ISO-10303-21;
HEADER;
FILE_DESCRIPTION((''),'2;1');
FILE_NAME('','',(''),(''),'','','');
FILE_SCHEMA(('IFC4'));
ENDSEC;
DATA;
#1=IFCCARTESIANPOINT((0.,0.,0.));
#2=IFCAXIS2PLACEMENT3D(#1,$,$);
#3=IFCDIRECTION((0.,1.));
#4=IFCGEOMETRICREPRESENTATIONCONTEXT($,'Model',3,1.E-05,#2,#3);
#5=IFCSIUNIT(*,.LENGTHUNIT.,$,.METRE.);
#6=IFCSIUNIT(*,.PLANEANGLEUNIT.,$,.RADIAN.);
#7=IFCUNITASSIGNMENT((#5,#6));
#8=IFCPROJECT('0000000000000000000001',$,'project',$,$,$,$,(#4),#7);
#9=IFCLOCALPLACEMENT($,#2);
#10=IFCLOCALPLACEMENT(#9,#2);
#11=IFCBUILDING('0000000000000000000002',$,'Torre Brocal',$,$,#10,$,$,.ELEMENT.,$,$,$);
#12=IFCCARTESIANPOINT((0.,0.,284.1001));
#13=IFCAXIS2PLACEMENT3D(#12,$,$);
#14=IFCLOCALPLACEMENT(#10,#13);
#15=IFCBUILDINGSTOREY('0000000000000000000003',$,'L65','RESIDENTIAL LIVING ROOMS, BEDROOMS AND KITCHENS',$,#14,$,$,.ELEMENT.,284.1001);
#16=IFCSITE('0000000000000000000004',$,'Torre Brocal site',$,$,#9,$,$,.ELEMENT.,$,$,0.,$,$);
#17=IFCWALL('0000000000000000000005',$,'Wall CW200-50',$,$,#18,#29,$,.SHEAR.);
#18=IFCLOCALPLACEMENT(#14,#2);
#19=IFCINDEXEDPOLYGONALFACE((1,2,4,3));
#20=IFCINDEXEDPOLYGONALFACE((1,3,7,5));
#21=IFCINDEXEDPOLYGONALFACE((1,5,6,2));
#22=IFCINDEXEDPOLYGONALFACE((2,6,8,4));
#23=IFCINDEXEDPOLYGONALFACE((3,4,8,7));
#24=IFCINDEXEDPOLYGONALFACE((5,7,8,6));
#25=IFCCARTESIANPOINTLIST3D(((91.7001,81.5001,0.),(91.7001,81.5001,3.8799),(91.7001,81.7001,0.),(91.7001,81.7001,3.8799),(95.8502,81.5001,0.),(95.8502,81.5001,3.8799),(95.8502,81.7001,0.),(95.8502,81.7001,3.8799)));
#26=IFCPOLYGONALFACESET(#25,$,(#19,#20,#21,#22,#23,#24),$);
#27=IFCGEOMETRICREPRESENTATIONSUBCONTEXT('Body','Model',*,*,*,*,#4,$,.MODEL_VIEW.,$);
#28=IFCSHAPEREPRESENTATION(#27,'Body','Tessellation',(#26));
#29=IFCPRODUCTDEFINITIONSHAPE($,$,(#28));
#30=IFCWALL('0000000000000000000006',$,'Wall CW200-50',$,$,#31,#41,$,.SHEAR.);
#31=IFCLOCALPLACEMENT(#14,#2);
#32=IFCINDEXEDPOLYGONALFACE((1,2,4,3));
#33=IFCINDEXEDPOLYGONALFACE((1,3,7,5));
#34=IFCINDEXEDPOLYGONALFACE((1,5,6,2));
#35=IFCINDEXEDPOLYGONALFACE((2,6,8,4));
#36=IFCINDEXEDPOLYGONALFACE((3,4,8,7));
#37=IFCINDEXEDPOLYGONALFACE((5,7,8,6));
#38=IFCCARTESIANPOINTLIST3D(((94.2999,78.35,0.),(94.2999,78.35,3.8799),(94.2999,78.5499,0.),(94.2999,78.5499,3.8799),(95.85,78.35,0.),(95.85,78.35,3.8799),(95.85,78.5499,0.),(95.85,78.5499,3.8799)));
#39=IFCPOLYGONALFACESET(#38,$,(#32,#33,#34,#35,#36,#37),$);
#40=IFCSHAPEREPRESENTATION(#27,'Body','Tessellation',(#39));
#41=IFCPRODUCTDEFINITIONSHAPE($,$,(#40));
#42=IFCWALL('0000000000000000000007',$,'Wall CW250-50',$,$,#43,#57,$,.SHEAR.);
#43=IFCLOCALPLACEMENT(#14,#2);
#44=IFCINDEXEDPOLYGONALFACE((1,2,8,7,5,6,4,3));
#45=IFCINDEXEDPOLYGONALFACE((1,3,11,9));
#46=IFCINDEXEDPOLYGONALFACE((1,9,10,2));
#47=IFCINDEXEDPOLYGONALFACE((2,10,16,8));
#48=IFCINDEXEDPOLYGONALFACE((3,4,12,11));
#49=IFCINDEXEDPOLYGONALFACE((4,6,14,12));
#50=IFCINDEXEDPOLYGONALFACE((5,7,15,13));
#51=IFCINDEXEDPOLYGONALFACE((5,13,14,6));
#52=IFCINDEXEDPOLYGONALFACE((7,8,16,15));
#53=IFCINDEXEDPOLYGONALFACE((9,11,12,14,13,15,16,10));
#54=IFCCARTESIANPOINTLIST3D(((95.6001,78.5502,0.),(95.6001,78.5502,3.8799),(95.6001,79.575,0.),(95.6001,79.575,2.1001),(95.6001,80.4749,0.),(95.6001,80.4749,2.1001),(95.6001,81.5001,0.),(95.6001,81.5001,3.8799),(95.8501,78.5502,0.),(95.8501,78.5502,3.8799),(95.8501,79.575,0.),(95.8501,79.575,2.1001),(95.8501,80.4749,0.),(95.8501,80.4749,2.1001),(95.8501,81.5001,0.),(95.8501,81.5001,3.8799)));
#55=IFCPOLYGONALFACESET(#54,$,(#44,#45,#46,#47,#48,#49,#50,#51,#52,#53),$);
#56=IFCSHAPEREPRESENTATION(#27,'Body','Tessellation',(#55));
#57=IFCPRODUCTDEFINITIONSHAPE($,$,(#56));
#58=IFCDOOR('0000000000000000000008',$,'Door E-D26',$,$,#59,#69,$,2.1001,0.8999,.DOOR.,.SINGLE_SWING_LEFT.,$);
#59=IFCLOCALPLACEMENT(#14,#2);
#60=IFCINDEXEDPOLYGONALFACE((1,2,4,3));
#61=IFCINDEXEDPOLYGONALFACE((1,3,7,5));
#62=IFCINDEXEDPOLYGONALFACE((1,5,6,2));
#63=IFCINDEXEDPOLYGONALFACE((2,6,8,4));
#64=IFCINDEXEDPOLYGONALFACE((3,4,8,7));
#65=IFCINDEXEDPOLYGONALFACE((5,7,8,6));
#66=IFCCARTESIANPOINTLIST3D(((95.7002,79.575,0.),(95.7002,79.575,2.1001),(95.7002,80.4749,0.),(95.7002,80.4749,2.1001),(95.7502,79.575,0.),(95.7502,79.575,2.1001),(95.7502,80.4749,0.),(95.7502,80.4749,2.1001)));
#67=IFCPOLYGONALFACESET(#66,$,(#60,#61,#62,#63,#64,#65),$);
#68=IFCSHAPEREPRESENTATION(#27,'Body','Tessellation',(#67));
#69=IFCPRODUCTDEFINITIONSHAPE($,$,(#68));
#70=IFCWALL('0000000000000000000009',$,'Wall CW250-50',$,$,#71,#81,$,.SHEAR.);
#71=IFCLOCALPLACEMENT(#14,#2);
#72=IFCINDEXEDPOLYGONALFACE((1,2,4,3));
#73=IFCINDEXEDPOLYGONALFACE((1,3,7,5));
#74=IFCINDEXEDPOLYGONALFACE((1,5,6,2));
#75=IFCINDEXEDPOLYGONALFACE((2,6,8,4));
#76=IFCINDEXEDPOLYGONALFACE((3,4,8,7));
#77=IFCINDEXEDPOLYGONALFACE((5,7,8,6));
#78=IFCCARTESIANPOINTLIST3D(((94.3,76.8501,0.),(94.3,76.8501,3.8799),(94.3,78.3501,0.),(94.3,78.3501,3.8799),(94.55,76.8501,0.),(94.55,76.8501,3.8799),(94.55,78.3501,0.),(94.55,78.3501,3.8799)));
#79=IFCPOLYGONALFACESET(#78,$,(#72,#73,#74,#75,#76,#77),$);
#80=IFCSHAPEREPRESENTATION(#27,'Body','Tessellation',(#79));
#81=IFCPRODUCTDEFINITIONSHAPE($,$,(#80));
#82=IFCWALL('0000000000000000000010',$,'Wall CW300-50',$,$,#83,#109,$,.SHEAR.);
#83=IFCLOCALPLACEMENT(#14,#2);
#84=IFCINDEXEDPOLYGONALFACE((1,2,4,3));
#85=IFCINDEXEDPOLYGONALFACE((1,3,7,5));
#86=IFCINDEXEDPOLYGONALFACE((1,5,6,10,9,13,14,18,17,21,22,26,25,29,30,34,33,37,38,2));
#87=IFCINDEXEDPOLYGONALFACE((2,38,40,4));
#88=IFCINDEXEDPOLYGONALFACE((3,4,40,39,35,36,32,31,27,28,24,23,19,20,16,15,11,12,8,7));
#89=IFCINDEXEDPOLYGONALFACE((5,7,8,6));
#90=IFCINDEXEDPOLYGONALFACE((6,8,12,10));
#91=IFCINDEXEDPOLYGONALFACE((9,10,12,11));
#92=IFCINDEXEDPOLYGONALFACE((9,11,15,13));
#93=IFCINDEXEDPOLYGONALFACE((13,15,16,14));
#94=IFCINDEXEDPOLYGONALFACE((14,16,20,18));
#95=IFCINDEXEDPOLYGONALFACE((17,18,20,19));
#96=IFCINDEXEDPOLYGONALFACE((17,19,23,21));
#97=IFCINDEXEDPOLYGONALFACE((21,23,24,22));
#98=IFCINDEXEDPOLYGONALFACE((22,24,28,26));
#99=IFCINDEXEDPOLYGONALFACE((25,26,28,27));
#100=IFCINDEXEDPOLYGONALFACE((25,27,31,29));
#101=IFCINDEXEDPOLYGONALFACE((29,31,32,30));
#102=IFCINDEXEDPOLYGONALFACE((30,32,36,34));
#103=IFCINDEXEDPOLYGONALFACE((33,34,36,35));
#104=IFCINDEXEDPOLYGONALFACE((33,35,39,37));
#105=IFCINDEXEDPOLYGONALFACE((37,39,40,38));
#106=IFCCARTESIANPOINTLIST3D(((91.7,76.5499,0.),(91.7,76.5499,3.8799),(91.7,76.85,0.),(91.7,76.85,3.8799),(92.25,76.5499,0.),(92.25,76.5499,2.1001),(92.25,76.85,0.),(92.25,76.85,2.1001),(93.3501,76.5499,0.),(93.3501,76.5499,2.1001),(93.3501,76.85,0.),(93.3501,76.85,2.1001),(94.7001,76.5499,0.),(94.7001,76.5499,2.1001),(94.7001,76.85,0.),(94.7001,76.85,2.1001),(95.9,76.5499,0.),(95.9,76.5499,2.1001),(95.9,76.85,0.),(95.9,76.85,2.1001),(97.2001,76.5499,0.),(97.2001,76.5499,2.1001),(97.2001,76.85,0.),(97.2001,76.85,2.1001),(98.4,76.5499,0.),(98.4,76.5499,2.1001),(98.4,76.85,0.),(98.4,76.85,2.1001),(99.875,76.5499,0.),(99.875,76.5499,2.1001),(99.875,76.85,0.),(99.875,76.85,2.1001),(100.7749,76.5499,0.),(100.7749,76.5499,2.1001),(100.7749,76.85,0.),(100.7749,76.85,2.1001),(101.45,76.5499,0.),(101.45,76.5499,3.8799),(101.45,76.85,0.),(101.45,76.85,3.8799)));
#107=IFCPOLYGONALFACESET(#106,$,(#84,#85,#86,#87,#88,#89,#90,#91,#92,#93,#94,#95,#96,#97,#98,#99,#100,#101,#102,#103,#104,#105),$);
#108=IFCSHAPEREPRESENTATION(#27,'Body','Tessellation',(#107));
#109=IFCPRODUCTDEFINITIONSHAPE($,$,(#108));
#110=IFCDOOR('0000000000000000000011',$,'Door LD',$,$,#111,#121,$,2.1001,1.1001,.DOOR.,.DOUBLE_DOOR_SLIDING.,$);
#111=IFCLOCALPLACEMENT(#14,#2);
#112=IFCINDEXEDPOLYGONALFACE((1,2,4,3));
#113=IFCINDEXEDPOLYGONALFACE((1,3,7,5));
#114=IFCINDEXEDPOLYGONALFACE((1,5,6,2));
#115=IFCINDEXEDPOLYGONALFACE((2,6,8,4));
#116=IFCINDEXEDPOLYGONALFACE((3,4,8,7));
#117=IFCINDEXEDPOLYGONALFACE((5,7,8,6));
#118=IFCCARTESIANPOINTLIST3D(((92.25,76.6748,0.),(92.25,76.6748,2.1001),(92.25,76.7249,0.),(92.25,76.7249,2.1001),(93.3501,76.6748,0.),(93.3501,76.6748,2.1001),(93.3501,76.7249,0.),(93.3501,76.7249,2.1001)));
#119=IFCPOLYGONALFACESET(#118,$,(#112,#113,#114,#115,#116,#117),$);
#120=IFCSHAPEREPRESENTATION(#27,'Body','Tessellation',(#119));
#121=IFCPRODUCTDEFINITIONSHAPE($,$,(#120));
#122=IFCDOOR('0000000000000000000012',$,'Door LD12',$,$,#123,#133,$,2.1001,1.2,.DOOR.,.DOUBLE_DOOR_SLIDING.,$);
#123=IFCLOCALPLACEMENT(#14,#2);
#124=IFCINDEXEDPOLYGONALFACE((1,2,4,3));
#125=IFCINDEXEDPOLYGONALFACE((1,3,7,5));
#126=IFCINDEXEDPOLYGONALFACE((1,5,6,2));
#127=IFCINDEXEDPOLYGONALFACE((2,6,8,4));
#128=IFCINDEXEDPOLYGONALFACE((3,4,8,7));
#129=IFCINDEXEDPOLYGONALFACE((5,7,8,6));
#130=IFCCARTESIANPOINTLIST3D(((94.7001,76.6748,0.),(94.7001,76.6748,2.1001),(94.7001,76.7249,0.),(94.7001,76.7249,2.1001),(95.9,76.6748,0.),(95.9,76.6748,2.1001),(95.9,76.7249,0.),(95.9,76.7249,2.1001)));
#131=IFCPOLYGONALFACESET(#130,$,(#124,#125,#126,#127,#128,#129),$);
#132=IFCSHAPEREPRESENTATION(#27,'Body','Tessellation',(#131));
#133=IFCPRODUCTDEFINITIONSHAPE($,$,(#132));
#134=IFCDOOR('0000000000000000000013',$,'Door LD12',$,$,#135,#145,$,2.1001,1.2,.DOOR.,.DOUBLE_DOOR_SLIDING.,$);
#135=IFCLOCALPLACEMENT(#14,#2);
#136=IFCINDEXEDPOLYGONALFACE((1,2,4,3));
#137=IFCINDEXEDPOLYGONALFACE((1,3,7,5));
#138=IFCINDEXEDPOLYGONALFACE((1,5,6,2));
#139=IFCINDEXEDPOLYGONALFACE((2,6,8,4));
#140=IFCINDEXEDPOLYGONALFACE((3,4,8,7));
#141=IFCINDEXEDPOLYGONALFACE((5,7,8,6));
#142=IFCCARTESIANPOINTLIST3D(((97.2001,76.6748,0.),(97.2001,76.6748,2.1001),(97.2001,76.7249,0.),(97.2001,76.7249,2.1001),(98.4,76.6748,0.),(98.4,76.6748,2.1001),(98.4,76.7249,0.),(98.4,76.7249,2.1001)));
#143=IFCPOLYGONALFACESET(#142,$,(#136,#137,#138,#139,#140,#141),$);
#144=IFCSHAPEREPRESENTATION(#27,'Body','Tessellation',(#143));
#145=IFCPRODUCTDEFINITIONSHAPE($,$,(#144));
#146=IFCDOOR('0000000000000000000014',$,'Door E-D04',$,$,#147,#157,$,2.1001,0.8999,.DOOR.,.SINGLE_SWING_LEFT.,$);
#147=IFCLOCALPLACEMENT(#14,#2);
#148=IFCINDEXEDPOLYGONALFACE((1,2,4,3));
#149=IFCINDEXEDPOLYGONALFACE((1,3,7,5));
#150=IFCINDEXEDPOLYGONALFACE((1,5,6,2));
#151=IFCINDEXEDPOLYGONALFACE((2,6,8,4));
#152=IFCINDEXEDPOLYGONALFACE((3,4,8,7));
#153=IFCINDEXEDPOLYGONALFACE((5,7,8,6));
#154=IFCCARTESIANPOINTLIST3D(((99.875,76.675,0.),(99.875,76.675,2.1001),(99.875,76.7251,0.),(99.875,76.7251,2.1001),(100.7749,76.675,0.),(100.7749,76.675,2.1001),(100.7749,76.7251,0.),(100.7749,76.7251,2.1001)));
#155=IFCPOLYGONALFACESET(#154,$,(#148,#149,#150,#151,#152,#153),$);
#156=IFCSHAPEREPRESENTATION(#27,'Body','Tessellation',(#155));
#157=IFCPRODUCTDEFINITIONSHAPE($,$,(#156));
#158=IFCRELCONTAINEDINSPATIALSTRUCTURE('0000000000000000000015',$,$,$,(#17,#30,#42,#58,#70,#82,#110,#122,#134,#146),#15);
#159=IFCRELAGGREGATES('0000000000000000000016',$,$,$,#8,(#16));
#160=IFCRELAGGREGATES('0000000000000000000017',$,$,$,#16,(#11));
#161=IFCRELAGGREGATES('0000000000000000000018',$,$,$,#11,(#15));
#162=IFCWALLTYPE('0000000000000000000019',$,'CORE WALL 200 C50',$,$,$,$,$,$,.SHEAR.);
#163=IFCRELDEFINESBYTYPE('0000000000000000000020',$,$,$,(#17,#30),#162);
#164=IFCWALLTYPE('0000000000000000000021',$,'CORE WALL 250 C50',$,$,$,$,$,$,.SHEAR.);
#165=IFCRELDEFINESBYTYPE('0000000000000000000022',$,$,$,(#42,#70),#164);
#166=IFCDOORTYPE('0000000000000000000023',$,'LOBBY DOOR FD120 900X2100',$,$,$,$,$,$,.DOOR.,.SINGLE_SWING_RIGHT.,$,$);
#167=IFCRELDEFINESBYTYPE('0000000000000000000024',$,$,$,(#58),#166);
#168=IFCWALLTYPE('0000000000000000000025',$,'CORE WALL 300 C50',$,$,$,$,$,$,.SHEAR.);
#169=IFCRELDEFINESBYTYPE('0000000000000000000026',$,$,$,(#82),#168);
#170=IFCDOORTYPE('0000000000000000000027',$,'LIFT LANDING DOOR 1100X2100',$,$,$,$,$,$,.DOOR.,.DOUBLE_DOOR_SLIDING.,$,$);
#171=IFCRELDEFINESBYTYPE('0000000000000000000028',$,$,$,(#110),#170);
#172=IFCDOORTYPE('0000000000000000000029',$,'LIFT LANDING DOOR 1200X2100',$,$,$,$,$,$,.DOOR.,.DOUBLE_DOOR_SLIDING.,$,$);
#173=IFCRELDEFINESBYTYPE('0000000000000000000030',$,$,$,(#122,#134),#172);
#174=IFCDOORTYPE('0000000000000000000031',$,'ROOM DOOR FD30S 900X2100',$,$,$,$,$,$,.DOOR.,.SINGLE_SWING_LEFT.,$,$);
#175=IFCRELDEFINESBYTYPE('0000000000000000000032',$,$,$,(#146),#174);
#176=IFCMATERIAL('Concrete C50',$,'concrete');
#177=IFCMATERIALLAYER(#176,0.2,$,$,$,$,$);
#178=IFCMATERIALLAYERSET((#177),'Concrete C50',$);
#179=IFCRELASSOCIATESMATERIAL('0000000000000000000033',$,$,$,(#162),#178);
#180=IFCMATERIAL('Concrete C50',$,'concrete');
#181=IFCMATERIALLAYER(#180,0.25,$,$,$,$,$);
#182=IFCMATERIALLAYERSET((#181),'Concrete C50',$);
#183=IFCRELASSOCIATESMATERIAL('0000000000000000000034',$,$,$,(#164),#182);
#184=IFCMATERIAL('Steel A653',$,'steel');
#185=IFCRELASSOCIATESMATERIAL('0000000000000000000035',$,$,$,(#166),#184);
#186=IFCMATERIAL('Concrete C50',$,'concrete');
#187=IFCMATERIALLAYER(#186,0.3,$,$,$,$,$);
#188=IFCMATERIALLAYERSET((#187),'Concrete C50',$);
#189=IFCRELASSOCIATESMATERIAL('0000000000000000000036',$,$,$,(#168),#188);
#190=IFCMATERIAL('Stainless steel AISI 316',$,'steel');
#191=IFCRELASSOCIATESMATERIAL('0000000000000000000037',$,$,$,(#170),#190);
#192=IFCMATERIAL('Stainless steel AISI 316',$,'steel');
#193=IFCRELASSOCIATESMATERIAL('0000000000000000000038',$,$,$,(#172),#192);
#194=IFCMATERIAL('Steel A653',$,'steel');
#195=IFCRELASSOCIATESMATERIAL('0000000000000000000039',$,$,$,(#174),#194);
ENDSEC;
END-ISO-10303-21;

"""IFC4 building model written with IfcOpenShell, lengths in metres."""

from ifc_helpers import new_model, si_unit, direction, frame, frame_2d, origin, place, context, subcontext, project, spatial, rectangle, extrude, material, layer, layer_set, type_object, element, fill, save


model = new_model("IFC4")

# Units and contexts
model_context = context("Model", 3, precision=1e-05, world=origin(), true_north=direction((0.0, 1.0)))
body_context = subcontext(model_context, "Body", "Model", "MODEL_VIEW")
ifc_project = project(units=[si_unit("LENGTHUNIT", "METRE"), si_unit("PLANEANGLEUNIT", "RADIAN")], contexts=[model_context])

# Site, building, storey
site_placement = place(None, origin())
site = spatial("IfcSite", under=ifc_project, at=site_placement, Name="Torre Brocal site", CompositionType="ELEMENT", RefElevation=0.0)
building_placement = place(site_placement, origin())
building = spatial("IfcBuilding", under=site, at=building_placement, Name="Torre Brocal", CompositionType="ELEMENT")
storey_placement = place(building_placement, frame((0.0, 0.0, 284.1001)))
storey = spatial("IfcBuildingStorey", under=building, at=storey_placement, Name="L65", Description="RESIDENTIAL LIVING ROOMS, BEDROOMS AND KITCHENS", CompositionType="ELEMENT", Elevation=284.1001)

# Walls
ifc_material_1 = material(Name="Concrete C50", Category="concrete")
ifc_layer_1 = layer(ifc_material_1, 0.2)
ifc_layer_set_1 = layer_set([ifc_layer_1], Name="Concrete C50")
wall_type_1 = type_object("IfcWallType", Name="CORE WALL 200 C50", PredefinedType="SHEAR", material=ifc_layer_set_1)
wall_1_placement = place(storey_placement, frame((91.7, 81.6001, 0.0), z_axis=(0.0, 0.0, 1.0), x_axis=(1.0, 0.0, 0.0)))
element("IfcWall", 1, at=wall_1_placement, inside=storey, type_object=wall_type_1, Name="Wall CW200-50", PredefinedType="SHEAR", context=body_context, shape_type="SweptSolid", body=[
    extrude(rectangle(XDim=4.1501, YDim=0.2, at=frame_2d((2.0752, 0.0))), origin(), (0.0, 0.0, 1.0), 3.8799),
])
wall_2_placement = place(storey_placement, frame((94.3, 78.45, 0.0), z_axis=(0.0, 0.0, 1.0), x_axis=(1.0, 0.0, 0.0)))
element("IfcWall", 2, at=wall_2_placement, inside=storey, type_object=wall_type_1, Name="Wall CW200-50", PredefinedType="SHEAR", context=body_context, shape_type="SweptSolid", body=[
    extrude(rectangle(XDim=1.55, YDim=0.2, at=frame_2d((0.7749, 0.0))), origin(), (0.0, 0.0, 1.0), 3.8799),
])

# Wall, opening, door
ifc_material_2 = material(Name="Concrete C50", Category="concrete")
ifc_layer_2 = layer(ifc_material_2, 0.25)
ifc_layer_set_2 = layer_set([ifc_layer_2], Name="Concrete C50")
wall_type_2 = type_object("IfcWallType", Name="CORE WALL 250 C50", PredefinedType="SHEAR", material=ifc_layer_set_2)
wall_3_placement = place(storey_placement, frame((95.7251, 78.55, 0.0), z_axis=(0.0, 0.0, 1.0), x_axis=(0.0, 1.0, 0.0)))
wall_3 = element("IfcWall", 3, at=wall_3_placement, inside=storey, type_object=wall_type_2, Name="Wall CW250-50", PredefinedType="SHEAR", context=body_context, shape_type="SweptSolid", body=[
    extrude(rectangle(XDim=2.95, YDim=0.25, at=frame_2d((1.4751, 0.0))), origin(), (0.0, 0.0, 1.0), 3.8799),
])
opening_1_placement = place(wall_3_placement, frame((1.0249, 0.0, 0.0)))
opening_1 = element("IfcOpeningElement", 4, at=opening_1_placement, cuts=wall_3, PredefinedType="OPENING", context=body_context, shape_type="SweptSolid", body=[
    extrude(rectangle(XDim=0.8999, YDim=2.1001, at=frame_2d((0.45, 1.05))), frame((0.0, 0.135, 0.0), z_axis=(0.0, -1.0, 0.0), x_axis=(1.0, 0.0, 0.0)), (0.0, 0.0, 1.0), 0.27),
])
ifc_material_3 = material(Name="Steel A653", Category="steel")
door_type_1 = type_object("IfcDoorType", Name="LOBBY DOOR FD120 900X2100", OperationType="SINGLE_SWING_RIGHT", PredefinedType="DOOR", material=ifc_material_3)
door_1_placement = place(opening_1_placement, origin())
door_1 = element("IfcDoor", 5, at=door_1_placement, inside=storey, type_object=door_type_1, Name="Door E-D26", OperationType="SINGLE_SWING_LEFT", OverallHeight=2.1001, OverallWidth=0.8999, PredefinedType="DOOR", context=body_context, shape_type="SweptSolid", body=[
    extrude(rectangle(XDim=0.8999, YDim=2.1001, at=frame_2d((0.45, 1.05))), frame((0.0, 0.0249, 0.0), z_axis=(0.0, -1.0, 0.0), x_axis=(1.0, 0.0, 0.0)), (0.0, 0.0, 1.0), 0.05),
])
fill(opening_1, door_1)

# Wall
wall_4_placement = place(storey_placement, frame((94.425, 76.8501, 0.0), z_axis=(0.0, 0.0, 1.0), x_axis=(0.0, 1.0, 0.0)))
element("IfcWall", 6, at=wall_4_placement, inside=storey, type_object=wall_type_2, Name="Wall CW250-50", PredefinedType="SHEAR", context=body_context, shape_type="SweptSolid", body=[
    extrude(rectangle(XDim=1.5, YDim=0.25, at=frame_2d((0.75, 0.0))), origin(), (0.0, 0.0, 1.0), 3.8799),
])

# Wall, openings, doors
ifc_material_4 = material(Name="Concrete C50", Category="concrete")
ifc_layer_3 = layer(ifc_material_4, 0.3)
ifc_layer_set_3 = layer_set([ifc_layer_3], Name="Concrete C50")
wall_type_3 = type_object("IfcWallType", Name="CORE WALL 300 C50", PredefinedType="SHEAR", material=ifc_layer_set_3)
wall_5_placement = place(storey_placement, frame((91.7, 76.7, 0.0), z_axis=(0.0, 0.0, 1.0), x_axis=(1.0, 0.0, 0.0)))
wall_5 = element("IfcWall", 7, at=wall_5_placement, inside=storey, type_object=wall_type_3, Name="Wall CW300-50", PredefinedType="SHEAR", context=body_context, shape_type="SweptSolid", body=[
    extrude(rectangle(XDim=9.75, YDim=0.3, at=frame_2d((4.875, 0.0))), origin(), (0.0, 0.0, 1.0), 3.8799),
])
opening_2_placement = place(wall_5_placement, frame((0.55, 0.0, 0.0)))
opening_2 = element("IfcOpeningElement", 8, at=opening_2_placement, cuts=wall_5, PredefinedType="OPENING", context=body_context, shape_type="SweptSolid", body=[
    extrude(rectangle(XDim=1.1001, YDim=2.1001, at=frame_2d((0.55, 1.05))), frame((0.0, 0.1599, 0.0), z_axis=(0.0, -1.0, 0.0), x_axis=(1.0, 0.0, 0.0)), (0.0, 0.0, 1.0), 0.3201),
])
opening_3_placement = place(wall_5_placement, frame((3.0, 0.0, 0.0)))
opening_3 = element("IfcOpeningElement", 9, at=opening_3_placement, cuts=wall_5, PredefinedType="OPENING", context=body_context, shape_type="SweptSolid", body=[
    extrude(rectangle(XDim=1.2, YDim=2.1001, at=frame_2d((0.6001, 1.05))), frame((0.0, 0.1599, 0.0), z_axis=(0.0, -1.0, 0.0), x_axis=(1.0, 0.0, 0.0)), (0.0, 0.0, 1.0), 0.3201),
])
opening_4_placement = place(wall_5_placement, frame((5.5, 0.0, 0.0)))
opening_4 = element("IfcOpeningElement", 10, at=opening_4_placement, cuts=wall_5, PredefinedType="OPENING", context=body_context, shape_type="SweptSolid", body=[
    extrude(rectangle(XDim=1.2, YDim=2.1001, at=frame_2d((0.6001, 1.05))), frame((0.0, 0.1599, 0.0), z_axis=(0.0, -1.0, 0.0), x_axis=(1.0, 0.0, 0.0)), (0.0, 0.0, 1.0), 0.3201),
])
opening_5_placement = place(wall_5_placement, frame((8.175, 0.0, 0.0)))
opening_5 = element("IfcOpeningElement", 11, at=opening_5_placement, cuts=wall_5, PredefinedType="OPENING", context=body_context, shape_type="SweptSolid", body=[
    extrude(rectangle(XDim=0.8999, YDim=2.1001, at=frame_2d((0.45, 1.05))), frame((0.0, 0.1599, 0.0), z_axis=(0.0, -1.0, 0.0), x_axis=(1.0, 0.0, 0.0)), (0.0, 0.0, 1.0), 0.3201),
])
ifc_material_5 = material(Name="Stainless steel AISI 316", Category="steel")
door_type_2 = type_object("IfcDoorType", Name="LIFT LANDING DOOR 1100X2100", OperationType="DOUBLE_DOOR_SLIDING", PredefinedType="DOOR", material=ifc_material_5)
door_2_placement = place(opening_2_placement, origin())
door_2 = element("IfcDoor", 12, at=door_2_placement, inside=storey, type_object=door_type_2, Name="Door LD", OperationType="DOUBLE_DOOR_SLIDING", OverallHeight=2.1001, OverallWidth=1.1001, PredefinedType="DOOR", context=body_context, shape_type="SweptSolid", body=[
    extrude(rectangle(XDim=1.1001, YDim=2.1001, at=frame_2d((0.55, 1.05))), frame((0.0, 0.0249, 0.0), z_axis=(0.0, -1.0, 0.0), x_axis=(1.0, 0.0, 0.0)), (0.0, 0.0, 1.0), 0.05),
])
fill(opening_2, door_2)
ifc_material_6 = material(Name="Stainless steel AISI 316", Category="steel")
door_type_3 = type_object("IfcDoorType", Name="LIFT LANDING DOOR 1200X2100", OperationType="DOUBLE_DOOR_SLIDING", PredefinedType="DOOR", material=ifc_material_6)
door_3_placement = place(opening_3_placement, origin())
door_3 = element("IfcDoor", 13, at=door_3_placement, inside=storey, type_object=door_type_3, Name="Door LD12", OperationType="DOUBLE_DOOR_SLIDING", OverallHeight=2.1001, OverallWidth=1.2, PredefinedType="DOOR", context=body_context, shape_type="SweptSolid", body=[
    extrude(rectangle(XDim=1.2, YDim=2.1001, at=frame_2d((0.6001, 1.05))), frame((0.0, 0.0249, 0.0), z_axis=(0.0, -1.0, 0.0), x_axis=(1.0, 0.0, 0.0)), (0.0, 0.0, 1.0), 0.05),
])
fill(opening_3, door_3)
door_4_placement = place(opening_4_placement, origin())
door_4 = element("IfcDoor", 14, at=door_4_placement, inside=storey, type_object=door_type_3, Name="Door LD12", OperationType="DOUBLE_DOOR_SLIDING", OverallHeight=2.1001, OverallWidth=1.2, PredefinedType="DOOR", context=body_context, shape_type="SweptSolid", body=[
    extrude(rectangle(XDim=1.2, YDim=2.1001, at=frame_2d((0.6001, 1.05))), frame((0.0, 0.0249, 0.0), z_axis=(0.0, -1.0, 0.0), x_axis=(1.0, 0.0, 0.0)), (0.0, 0.0, 1.0), 0.05),
])
fill(opening_4, door_4)
ifc_material_7 = material(Name="Steel A653", Category="steel")
door_type_4 = type_object("IfcDoorType", Name="ROOM DOOR FD30S 900X2100", OperationType="SINGLE_SWING_LEFT", PredefinedType="DOOR", material=ifc_material_7)
door_5_placement = place(opening_5_placement, frame((0.8999, 0.0, 0.0), z_axis=(0.0, 0.0, 1.0), x_axis=(-1.0, 0.0, 0.0)))
door_5 = element("IfcDoor", 15, at=door_5_placement, inside=storey, type_object=door_type_4, Name="Door E-D04", OperationType="SINGLE_SWING_LEFT", OverallHeight=2.1001, OverallWidth=0.8999, PredefinedType="DOOR", context=body_context, shape_type="SweptSolid", body=[
    extrude(rectangle(XDim=0.8999, YDim=2.1001, at=frame_2d((0.45, 1.05))), frame((0.0, 0.0249, 0.0), z_axis=(0.0, -1.0, 0.0), x_axis=(1.0, 0.0, 0.0)), (0.0, 0.0, 1.0), 0.05),
])
fill(opening_5, door_5)

save(model, "model.ifc")
